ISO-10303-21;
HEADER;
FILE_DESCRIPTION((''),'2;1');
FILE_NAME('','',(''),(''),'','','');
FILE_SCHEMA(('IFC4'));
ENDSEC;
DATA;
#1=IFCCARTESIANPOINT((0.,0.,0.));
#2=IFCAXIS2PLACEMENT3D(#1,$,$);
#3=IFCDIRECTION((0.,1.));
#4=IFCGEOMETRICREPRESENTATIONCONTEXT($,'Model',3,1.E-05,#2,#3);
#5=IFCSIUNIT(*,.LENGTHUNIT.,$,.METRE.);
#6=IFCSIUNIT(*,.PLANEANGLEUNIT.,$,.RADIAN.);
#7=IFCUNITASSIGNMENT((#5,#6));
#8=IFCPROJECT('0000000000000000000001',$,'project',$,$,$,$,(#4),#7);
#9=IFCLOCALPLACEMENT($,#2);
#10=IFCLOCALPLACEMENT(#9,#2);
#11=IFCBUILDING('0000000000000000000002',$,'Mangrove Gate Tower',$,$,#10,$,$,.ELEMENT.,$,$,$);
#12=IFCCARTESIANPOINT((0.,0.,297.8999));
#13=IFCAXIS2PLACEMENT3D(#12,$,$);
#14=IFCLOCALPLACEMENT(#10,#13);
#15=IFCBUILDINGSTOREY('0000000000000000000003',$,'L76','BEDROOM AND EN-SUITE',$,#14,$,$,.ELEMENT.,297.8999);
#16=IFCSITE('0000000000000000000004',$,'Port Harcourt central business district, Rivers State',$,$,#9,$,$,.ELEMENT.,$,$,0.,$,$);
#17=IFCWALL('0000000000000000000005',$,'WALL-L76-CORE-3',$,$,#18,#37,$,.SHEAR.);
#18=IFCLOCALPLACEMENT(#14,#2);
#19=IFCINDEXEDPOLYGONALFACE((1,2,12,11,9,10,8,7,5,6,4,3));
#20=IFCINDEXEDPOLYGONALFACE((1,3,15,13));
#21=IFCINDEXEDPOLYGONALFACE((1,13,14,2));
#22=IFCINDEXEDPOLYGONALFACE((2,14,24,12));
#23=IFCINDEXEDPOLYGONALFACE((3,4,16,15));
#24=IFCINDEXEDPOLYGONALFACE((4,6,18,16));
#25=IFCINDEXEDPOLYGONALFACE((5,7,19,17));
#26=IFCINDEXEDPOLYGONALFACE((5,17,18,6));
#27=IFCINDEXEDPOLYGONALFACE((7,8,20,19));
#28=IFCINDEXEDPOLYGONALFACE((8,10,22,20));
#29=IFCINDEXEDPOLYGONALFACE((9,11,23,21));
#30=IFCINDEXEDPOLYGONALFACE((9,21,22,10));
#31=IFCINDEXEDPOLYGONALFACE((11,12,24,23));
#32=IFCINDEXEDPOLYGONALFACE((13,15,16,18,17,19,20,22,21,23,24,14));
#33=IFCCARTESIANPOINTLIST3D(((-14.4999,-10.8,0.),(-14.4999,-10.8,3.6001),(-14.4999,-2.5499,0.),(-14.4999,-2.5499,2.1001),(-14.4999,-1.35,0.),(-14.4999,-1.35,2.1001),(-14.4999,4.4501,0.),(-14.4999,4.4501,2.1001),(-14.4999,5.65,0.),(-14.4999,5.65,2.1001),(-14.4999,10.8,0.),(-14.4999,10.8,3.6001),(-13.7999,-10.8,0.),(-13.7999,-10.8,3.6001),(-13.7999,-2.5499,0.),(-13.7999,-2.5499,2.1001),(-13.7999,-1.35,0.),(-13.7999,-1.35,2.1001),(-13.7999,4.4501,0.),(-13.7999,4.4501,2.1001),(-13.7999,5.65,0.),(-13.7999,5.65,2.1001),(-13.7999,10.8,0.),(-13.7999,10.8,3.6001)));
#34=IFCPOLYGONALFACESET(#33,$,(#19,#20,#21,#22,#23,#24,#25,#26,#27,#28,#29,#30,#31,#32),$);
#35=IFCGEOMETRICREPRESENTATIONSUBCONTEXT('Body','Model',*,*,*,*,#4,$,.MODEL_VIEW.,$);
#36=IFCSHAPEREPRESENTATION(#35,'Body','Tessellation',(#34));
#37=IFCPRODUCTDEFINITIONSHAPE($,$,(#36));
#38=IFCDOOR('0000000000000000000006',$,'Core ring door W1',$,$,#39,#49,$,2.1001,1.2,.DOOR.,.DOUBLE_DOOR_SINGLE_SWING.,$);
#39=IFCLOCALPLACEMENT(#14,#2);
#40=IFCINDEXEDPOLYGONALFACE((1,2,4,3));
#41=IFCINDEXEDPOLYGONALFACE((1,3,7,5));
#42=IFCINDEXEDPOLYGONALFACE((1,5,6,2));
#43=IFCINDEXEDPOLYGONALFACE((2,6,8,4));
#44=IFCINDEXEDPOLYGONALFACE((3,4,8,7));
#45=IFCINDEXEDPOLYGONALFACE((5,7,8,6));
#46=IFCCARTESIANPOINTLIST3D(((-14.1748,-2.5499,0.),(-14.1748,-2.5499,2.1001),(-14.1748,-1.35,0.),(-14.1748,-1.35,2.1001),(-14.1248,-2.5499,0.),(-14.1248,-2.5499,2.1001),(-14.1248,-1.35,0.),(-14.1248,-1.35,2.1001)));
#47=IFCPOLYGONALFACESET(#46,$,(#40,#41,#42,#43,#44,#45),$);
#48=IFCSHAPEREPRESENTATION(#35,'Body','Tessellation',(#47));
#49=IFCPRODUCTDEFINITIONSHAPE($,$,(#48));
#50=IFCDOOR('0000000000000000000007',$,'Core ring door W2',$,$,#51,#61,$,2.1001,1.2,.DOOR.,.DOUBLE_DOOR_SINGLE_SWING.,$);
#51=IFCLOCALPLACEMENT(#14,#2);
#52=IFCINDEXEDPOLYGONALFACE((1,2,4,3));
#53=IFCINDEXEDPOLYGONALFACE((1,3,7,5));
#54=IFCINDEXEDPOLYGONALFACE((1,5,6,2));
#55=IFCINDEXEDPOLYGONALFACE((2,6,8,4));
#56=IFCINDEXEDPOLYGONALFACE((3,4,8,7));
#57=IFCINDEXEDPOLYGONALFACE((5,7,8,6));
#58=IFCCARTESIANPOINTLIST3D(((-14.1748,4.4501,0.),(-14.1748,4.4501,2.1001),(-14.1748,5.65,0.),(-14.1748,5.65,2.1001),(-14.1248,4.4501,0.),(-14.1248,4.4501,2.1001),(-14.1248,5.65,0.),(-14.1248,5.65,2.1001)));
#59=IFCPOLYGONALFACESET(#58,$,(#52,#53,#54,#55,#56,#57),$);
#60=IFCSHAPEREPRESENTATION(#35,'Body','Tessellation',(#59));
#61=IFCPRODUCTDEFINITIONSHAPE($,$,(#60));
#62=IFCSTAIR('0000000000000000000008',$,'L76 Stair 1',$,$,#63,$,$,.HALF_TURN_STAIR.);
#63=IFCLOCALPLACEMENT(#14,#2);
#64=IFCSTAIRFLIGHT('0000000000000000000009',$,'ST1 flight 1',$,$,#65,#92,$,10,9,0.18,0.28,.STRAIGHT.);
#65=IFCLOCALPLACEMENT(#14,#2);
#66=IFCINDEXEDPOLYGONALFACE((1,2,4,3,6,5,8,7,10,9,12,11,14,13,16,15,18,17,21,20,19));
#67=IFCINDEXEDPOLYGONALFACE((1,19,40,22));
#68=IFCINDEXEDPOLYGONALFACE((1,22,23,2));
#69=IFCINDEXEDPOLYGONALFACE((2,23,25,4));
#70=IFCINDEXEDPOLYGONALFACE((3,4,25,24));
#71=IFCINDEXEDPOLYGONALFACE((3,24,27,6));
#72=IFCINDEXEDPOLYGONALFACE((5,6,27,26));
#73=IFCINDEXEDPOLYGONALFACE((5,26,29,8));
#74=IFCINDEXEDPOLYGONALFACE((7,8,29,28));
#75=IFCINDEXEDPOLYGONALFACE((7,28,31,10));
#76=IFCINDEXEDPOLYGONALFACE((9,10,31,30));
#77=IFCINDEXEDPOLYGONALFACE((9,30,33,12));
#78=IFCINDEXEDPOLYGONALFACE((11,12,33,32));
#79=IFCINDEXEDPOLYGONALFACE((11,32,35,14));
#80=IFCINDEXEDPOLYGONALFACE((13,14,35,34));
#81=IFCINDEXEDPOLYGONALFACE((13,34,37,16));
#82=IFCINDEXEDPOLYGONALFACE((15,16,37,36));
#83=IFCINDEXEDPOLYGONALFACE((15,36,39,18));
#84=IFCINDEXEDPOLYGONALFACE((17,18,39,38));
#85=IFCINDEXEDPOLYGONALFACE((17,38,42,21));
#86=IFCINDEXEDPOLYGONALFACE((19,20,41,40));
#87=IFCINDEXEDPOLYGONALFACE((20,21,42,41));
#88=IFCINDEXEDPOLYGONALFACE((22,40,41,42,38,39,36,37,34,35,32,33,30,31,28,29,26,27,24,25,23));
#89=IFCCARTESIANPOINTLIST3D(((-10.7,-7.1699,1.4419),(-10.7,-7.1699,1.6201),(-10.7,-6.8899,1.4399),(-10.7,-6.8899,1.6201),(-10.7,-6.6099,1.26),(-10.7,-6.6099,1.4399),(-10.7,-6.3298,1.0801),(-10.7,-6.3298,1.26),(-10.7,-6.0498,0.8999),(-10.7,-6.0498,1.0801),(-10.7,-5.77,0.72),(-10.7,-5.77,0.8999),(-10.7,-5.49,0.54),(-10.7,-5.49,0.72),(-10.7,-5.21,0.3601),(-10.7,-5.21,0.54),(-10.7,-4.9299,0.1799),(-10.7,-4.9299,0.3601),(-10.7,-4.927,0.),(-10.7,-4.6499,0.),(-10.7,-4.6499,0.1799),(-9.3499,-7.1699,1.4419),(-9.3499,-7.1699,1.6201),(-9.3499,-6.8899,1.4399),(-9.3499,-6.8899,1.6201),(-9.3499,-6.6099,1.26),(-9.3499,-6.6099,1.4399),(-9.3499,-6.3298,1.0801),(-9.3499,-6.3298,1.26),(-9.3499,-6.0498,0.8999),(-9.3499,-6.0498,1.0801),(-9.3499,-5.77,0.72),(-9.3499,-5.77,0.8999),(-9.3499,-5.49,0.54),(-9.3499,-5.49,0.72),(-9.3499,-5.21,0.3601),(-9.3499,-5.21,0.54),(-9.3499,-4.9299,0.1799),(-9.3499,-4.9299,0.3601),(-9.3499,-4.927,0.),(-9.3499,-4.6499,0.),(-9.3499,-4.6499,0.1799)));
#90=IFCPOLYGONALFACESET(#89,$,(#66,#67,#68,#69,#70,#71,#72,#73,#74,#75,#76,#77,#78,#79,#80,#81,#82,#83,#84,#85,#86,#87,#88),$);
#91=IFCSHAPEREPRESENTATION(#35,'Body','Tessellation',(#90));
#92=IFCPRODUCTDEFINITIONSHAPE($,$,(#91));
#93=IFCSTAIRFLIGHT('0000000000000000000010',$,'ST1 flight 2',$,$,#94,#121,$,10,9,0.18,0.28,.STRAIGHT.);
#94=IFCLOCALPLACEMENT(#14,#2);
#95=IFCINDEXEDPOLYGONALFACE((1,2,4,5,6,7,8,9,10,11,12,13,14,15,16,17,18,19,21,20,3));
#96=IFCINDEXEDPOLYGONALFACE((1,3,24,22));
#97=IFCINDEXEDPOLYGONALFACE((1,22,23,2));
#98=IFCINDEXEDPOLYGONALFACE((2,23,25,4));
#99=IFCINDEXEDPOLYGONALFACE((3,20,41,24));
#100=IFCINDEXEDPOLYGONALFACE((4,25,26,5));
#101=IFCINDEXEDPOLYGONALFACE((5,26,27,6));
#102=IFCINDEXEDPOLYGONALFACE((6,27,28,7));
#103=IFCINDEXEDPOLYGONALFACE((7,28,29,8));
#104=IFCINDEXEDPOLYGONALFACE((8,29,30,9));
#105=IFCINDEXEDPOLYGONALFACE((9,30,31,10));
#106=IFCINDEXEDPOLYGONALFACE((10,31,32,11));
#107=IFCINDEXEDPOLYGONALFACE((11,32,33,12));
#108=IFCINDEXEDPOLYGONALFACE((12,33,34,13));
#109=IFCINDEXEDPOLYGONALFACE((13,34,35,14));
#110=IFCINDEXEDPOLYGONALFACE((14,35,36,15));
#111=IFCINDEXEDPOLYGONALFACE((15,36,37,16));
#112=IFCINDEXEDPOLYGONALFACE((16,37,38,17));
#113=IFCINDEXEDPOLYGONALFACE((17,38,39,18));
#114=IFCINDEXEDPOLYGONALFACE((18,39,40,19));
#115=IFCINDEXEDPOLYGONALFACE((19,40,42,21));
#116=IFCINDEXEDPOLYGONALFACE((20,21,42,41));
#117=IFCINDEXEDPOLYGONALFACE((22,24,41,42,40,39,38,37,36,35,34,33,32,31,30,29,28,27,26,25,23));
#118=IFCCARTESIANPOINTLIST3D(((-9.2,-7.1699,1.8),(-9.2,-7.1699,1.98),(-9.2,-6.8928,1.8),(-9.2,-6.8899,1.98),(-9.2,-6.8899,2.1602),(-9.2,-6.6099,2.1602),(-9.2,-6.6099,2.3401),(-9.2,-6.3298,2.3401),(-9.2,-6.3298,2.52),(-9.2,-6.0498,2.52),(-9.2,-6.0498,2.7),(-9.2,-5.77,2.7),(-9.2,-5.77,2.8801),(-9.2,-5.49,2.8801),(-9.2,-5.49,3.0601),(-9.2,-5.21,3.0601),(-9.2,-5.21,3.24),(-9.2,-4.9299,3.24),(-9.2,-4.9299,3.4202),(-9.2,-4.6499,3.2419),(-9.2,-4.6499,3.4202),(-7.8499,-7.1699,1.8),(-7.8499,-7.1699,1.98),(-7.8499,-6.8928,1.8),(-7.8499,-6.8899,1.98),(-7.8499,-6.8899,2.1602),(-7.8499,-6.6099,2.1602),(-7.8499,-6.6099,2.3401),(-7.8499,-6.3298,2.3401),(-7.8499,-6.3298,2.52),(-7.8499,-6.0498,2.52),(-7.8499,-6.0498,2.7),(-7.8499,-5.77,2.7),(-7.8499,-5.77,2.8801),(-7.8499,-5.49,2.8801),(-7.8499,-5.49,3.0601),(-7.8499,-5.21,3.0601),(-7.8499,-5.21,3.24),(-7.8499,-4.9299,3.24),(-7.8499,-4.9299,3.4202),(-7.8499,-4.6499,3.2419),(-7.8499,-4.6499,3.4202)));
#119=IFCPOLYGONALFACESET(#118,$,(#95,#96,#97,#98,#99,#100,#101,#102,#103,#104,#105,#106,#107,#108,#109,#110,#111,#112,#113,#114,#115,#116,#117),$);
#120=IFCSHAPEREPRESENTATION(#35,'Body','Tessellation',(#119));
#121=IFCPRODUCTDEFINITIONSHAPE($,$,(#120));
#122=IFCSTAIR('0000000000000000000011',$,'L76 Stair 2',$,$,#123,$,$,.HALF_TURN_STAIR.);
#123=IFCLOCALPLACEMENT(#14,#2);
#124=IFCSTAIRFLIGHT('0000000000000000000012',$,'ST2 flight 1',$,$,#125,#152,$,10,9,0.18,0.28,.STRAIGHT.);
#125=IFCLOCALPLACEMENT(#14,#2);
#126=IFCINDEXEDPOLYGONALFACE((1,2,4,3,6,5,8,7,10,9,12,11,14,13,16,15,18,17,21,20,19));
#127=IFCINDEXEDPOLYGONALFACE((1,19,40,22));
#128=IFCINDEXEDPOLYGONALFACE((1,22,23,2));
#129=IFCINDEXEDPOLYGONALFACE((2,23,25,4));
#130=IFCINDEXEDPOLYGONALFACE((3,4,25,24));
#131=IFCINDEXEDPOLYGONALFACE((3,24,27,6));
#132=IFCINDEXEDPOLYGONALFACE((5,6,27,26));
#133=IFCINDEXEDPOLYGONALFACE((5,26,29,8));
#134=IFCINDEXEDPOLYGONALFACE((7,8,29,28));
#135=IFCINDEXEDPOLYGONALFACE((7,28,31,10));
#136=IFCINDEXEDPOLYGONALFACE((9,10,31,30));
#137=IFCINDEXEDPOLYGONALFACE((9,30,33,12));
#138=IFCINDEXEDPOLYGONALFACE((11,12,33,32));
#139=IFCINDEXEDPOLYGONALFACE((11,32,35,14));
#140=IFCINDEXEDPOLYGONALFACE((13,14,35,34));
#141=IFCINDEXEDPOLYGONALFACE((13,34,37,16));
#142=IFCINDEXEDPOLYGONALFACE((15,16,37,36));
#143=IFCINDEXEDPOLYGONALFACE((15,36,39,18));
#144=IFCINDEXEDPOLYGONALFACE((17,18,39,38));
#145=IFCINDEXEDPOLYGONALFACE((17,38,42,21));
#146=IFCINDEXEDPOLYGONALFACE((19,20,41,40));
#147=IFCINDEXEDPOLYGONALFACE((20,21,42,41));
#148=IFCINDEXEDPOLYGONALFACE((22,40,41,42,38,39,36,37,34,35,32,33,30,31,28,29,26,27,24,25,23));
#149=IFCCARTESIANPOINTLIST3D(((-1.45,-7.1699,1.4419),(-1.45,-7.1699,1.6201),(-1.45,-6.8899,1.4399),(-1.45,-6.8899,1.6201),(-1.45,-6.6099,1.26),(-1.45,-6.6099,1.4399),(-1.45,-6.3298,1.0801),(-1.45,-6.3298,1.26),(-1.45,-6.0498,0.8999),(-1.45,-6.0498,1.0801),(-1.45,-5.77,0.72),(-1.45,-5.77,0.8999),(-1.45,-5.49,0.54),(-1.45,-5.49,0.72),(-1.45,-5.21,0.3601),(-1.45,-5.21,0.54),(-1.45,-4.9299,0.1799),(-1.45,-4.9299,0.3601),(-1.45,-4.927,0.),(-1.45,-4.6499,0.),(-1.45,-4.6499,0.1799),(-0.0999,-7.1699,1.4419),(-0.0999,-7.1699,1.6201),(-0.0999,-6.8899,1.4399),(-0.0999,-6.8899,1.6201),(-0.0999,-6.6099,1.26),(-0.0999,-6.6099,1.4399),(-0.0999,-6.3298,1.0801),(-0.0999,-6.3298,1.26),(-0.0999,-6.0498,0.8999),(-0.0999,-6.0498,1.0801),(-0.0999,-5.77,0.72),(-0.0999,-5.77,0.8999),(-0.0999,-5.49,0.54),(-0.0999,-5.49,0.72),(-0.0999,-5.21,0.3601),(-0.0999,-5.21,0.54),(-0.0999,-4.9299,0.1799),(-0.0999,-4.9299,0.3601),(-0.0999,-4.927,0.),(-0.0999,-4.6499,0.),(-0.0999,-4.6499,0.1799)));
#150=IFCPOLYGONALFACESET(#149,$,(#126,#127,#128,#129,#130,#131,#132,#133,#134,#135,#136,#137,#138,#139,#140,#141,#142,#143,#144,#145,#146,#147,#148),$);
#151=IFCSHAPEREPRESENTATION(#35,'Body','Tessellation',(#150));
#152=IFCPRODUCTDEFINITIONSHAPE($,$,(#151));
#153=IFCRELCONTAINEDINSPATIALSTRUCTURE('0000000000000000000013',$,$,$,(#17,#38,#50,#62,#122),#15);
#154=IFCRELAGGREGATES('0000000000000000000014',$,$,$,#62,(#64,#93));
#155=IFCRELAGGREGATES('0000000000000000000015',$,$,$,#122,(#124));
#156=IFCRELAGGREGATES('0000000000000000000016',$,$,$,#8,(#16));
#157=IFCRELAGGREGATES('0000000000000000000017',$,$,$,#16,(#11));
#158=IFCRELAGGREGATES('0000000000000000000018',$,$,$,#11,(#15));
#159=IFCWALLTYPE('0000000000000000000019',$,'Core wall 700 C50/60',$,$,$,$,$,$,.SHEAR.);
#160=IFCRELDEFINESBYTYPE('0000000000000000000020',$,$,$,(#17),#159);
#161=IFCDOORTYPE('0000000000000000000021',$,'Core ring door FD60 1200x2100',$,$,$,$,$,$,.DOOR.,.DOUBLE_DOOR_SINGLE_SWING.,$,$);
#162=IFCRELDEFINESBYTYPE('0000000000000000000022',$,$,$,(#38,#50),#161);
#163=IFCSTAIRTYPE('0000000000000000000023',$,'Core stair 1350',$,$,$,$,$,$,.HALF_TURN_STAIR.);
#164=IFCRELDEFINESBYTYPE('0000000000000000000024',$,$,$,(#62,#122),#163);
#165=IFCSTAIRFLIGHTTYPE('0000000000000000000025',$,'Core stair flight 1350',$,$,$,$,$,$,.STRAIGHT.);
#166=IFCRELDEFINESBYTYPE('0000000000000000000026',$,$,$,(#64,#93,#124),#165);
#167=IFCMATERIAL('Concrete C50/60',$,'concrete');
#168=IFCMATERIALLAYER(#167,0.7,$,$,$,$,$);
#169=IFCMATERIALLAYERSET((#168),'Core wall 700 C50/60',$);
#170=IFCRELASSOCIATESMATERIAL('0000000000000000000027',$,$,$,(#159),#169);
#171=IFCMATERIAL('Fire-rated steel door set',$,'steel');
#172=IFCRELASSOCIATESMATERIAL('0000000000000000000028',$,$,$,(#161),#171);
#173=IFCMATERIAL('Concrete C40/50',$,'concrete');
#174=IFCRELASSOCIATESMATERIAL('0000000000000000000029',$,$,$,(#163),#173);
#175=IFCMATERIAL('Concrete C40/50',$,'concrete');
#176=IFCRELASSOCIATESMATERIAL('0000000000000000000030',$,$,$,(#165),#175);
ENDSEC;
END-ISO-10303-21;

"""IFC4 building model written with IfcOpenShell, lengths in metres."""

from ifc_helpers import new_model, si_unit, direction, frame, frame_2d, origin, place, context, subcontext, project, spatial, polyline, rectangle, outline, extrude, material, layer, layer_set, type_object, element, fill, aggregate, save


model = new_model("IFC4")

# Units and contexts
model_context = context("Model", 3, precision=1e-05, world=origin(), true_north=direction((0.0, 1.0)))
body_context = subcontext(model_context, "Body", "Model", "MODEL_VIEW")
ifc_project = project(units=[si_unit("LENGTHUNIT", "METRE"), si_unit("PLANEANGLEUNIT", "RADIAN")], contexts=[model_context])

# Site, building, storey
site_placement = place(None, origin())
site = spatial("IfcSite", under=ifc_project, at=site_placement, Name="Port Harcourt central business district, Rivers State", CompositionType="ELEMENT", RefElevation=0.0)
building_placement = place(site_placement, origin())
building = spatial("IfcBuilding", under=site, at=building_placement, Name="Mangrove Gate Tower", CompositionType="ELEMENT")
storey_placement = place(building_placement, frame((0.0, 0.0, 297.8999)))
storey = spatial("IfcBuildingStorey", under=building, at=storey_placement, Name="L76", Description="BEDROOM AND EN-SUITE", CompositionType="ELEMENT", Elevation=297.8999)

# Shared definitions
ifc_material_1 = material(Name="Concrete C50/60", Category="concrete")
ifc_layer_1 = layer(ifc_material_1, 0.7)
ifc_layer_set_1 = layer_set([ifc_layer_1], Name="Core wall 700 C50/60")
wall_type_1 = type_object("IfcWallType", Name="Core wall 700 C50/60", PredefinedType="SHEAR", material=ifc_layer_set_1)

# Wall, openings, doors
wall_1_placement = place(storey_placement, frame((-14.1499, -10.8, 0.0), z_axis=(0.0, 0.0, 1.0), x_axis=(0.0, 1.0, 0.0)))
wall_1 = element("IfcWall", 1, at=wall_1_placement, inside=storey, type_object=wall_type_1, Name="WALL-L76-CORE-3", PredefinedType="SHEAR", context=body_context, shape_type="SweptSolid", body=[
    extrude(rectangle(XDim=21.6001, YDim=0.7, at=frame_2d((10.8, 0.0))), origin(), (0.0, 0.0, 1.0), 3.6001),
])
opening_1_placement = place(wall_1_placement, frame((8.25, 0.0, 0.0)))
opening_1 = element("IfcOpeningElement", 2, at=opening_1_placement, cuts=wall_1, PredefinedType="OPENING", context=body_context, shape_type="SweptSolid", body=[
    extrude(rectangle(XDim=1.2, YDim=2.1001, at=frame_2d((0.6001, 1.05))), frame((0.0, 0.3599, 0.0), z_axis=(0.0, -1.0, 0.0), x_axis=(1.0, 0.0, 0.0)), (0.0, 0.0, 1.0), 0.72),
])
opening_2_placement = place(wall_1_placement, frame((15.25, 0.0, 0.0)))
opening_2 = element("IfcOpeningElement", 3, at=opening_2_placement, cuts=wall_1, PredefinedType="OPENING", context=body_context, shape_type="SweptSolid", body=[
    extrude(rectangle(XDim=1.2, YDim=2.1001, at=frame_2d((0.6001, 1.05))), frame((0.0, 0.3599, 0.0), z_axis=(0.0, -1.0, 0.0), x_axis=(1.0, 0.0, 0.0)), (0.0, 0.0, 1.0), 0.72),
])
ifc_material_2 = material(Name="Fire-rated steel door set", Category="steel")
door_type_1 = type_object("IfcDoorType", Name="Core ring door FD60 1200x2100", OperationType="DOUBLE_DOOR_SINGLE_SWING", PredefinedType="DOOR", material=ifc_material_2)
door_1_placement = place(opening_1_placement, origin())
door_1 = element("IfcDoor", 4, at=door_1_placement, inside=storey, type_object=door_type_1, Name="Core ring door W1", OperationType="DOUBLE_DOOR_SINGLE_SWING", OverallHeight=2.1001, OverallWidth=1.2, PredefinedType="DOOR", context=body_context, shape_type="SweptSolid", body=[
    extrude(rectangle(XDim=1.2, YDim=2.1001, at=frame_2d((0.6001, 1.05))), frame((0.0, 0.0249, 0.0), z_axis=(0.0, -1.0, 0.0), x_axis=(1.0, 0.0, 0.0)), (0.0, 0.0, 1.0), 0.05),
])
fill(opening_1, door_1)
door_2_placement = place(opening_2_placement, origin())
door_2 = element("IfcDoor", 5, at=door_2_placement, inside=storey, type_object=door_type_1, Name="Core ring door W2", OperationType="DOUBLE_DOOR_SINGLE_SWING", OverallHeight=2.1001, OverallWidth=1.2, PredefinedType="DOOR", context=body_context, shape_type="SweptSolid", body=[
    extrude(rectangle(XDim=1.2, YDim=2.1001, at=frame_2d((0.6001, 1.05))), frame((0.0, 0.0249, 0.0), z_axis=(0.0, -1.0, 0.0), x_axis=(1.0, 0.0, 0.0)), (0.0, 0.0, 1.0), 0.05),
])
fill(opening_2, door_2)

# Stair, stair flights
ifc_material_3 = material(Name="Concrete C40/50", Category="concrete")
stair_type = type_object("IfcStairType", Name="Core stair 1350", PredefinedType="HALF_TURN_STAIR", material=ifc_material_3)
stair_1_placement = place(storey_placement, origin())
stair_1 = element("IfcStair", 6, at=stair_1_placement, inside=storey, type_object=stair_type, Name="L76 Stair 1", PredefinedType="HALF_TURN_STAIR")
ifc_material_4 = material(Name="Concrete C40/50", Category="concrete")
stair_flight_type = type_object("IfcStairFlightType", Name="Core stair flight 1350", PredefinedType="STRAIGHT", material=ifc_material_4)
stair_flight_1_placement = place(storey_placement, frame((-10.0249, -4.6499, 0.0), z_axis=(0.0, 0.0, 1.0), x_axis=(0.0, -1.0, 0.0)))
stair_flight_1 = element("IfcStairFlight", 7, at=stair_flight_1_placement, type_object=stair_flight_type, Name="ST1 flight 1", NumberOfRisers=10, NumberOfTreads=9, PredefinedType="STRAIGHT", RiserHeight=0.18, TreadLength=0.28, context=body_context, shape_type="SweptSolid", body=[
    extrude(outline(polyline([(0.0, 0.0), (0.0, 0.1799), (0.28, 0.1799), (0.28, 0.3601), (0.5601, 0.3601), (0.5601, 0.54), (0.8401, 0.54), (0.8401, 0.72), (1.1201, 0.72), (1.1201, 0.8999), (1.3999, 0.8999), (1.3999, 1.0801), (1.6799, 1.0801), (1.6799, 1.26), (1.96, 1.26), (1.96, 1.4399), (2.24, 1.4399), (2.24, 1.6201), (2.52, 1.6201), (2.52, 1.8), (2.52, 1.4419), (0.2771, 0.0), (0.0, 0.0)])), frame((0.0, 0.675, 0.0), z_axis=(0.0, -1.0, 0.0), x_axis=(1.0, 0.0, 0.0)), (0.0, 0.0, 1.0), 1.3501),
])
stair_flight_2_placement = place(storey_placement, frame((-8.5249, -7.1699, 1.8), z_axis=(0.0, 0.0, 1.0), x_axis=(0.0, 1.0, 0.0)))
stair_flight_2 = element("IfcStairFlight", 8, at=stair_flight_2_placement, type_object=stair_flight_type, Name="ST1 flight 2", NumberOfRisers=10, NumberOfTreads=9, PredefinedType="STRAIGHT", RiserHeight=0.18, TreadLength=0.28, context=body_context, shape_type="SweptSolid", body=[
    extrude(outline(polyline([(0.0, 0.0), (0.0, 0.1799), (0.28, 0.1799), (0.28, 0.3601), (0.5601, 0.3601), (0.5601, 0.54), (0.8401, 0.54), (0.8401, 0.72), (1.1201, 0.72), (1.1201, 0.8999), (1.3999, 0.8999), (1.3999, 1.0801), (1.6799, 1.0801), (1.6799, 1.26), (1.96, 1.26), (1.96, 1.4399), (2.24, 1.4399), (2.24, 1.6201), (2.52, 1.6201), (2.52, 1.8), (2.52, 1.4419), (0.2771, 0.0), (0.0, 0.0)])), frame((0.0, 0.675, 0.0), z_axis=(0.0, -1.0, 0.0), x_axis=(1.0, 0.0, 0.0)), (0.0, 0.0, 1.0), 1.3501),
])
aggregate(stair_1, [stair_flight_1, stair_flight_2])

# Stair, stair flight
stair_2_placement = place(storey_placement, origin())
stair_2 = element("IfcStair", 9, at=stair_2_placement, inside=storey, type_object=stair_type, Name="L76 Stair 2", PredefinedType="HALF_TURN_STAIR")
stair_flight_3_placement = place(storey_placement, frame((-0.7749, -4.6499, 0.0), z_axis=(0.0, 0.0, 1.0), x_axis=(0.0, -1.0, 0.0)))
stair_flight_3 = element("IfcStairFlight", 10, at=stair_flight_3_placement, type_object=stair_flight_type, Name="ST2 flight 1", NumberOfRisers=10, NumberOfTreads=9, PredefinedType="STRAIGHT", RiserHeight=0.18, TreadLength=0.28, context=body_context, shape_type="SweptSolid", body=[
    extrude(outline(polyline([(0.0, 0.0), (0.0, 0.1799), (0.28, 0.1799), (0.28, 0.3601), (0.5601, 0.3601), (0.5601, 0.54), (0.8401, 0.54), (0.8401, 0.72), (1.1201, 0.72), (1.1201, 0.8999), (1.3999, 0.8999), (1.3999, 1.0801), (1.6799, 1.0801), (1.6799, 1.26), (1.96, 1.26), (1.96, 1.4399), (2.24, 1.4399), (2.24, 1.6201), (2.52, 1.6201), (2.52, 1.8), (2.52, 1.4419), (0.2771, 0.0), (0.0, 0.0)])), frame((0.0, 0.675, 0.0), z_axis=(0.0, -1.0, 0.0), x_axis=(1.0, 0.0, 0.0)), (0.0, 0.0, 1.0), 1.3501),
])
aggregate(stair_2, [stair_flight_3])

save(model, "model.ifc")
